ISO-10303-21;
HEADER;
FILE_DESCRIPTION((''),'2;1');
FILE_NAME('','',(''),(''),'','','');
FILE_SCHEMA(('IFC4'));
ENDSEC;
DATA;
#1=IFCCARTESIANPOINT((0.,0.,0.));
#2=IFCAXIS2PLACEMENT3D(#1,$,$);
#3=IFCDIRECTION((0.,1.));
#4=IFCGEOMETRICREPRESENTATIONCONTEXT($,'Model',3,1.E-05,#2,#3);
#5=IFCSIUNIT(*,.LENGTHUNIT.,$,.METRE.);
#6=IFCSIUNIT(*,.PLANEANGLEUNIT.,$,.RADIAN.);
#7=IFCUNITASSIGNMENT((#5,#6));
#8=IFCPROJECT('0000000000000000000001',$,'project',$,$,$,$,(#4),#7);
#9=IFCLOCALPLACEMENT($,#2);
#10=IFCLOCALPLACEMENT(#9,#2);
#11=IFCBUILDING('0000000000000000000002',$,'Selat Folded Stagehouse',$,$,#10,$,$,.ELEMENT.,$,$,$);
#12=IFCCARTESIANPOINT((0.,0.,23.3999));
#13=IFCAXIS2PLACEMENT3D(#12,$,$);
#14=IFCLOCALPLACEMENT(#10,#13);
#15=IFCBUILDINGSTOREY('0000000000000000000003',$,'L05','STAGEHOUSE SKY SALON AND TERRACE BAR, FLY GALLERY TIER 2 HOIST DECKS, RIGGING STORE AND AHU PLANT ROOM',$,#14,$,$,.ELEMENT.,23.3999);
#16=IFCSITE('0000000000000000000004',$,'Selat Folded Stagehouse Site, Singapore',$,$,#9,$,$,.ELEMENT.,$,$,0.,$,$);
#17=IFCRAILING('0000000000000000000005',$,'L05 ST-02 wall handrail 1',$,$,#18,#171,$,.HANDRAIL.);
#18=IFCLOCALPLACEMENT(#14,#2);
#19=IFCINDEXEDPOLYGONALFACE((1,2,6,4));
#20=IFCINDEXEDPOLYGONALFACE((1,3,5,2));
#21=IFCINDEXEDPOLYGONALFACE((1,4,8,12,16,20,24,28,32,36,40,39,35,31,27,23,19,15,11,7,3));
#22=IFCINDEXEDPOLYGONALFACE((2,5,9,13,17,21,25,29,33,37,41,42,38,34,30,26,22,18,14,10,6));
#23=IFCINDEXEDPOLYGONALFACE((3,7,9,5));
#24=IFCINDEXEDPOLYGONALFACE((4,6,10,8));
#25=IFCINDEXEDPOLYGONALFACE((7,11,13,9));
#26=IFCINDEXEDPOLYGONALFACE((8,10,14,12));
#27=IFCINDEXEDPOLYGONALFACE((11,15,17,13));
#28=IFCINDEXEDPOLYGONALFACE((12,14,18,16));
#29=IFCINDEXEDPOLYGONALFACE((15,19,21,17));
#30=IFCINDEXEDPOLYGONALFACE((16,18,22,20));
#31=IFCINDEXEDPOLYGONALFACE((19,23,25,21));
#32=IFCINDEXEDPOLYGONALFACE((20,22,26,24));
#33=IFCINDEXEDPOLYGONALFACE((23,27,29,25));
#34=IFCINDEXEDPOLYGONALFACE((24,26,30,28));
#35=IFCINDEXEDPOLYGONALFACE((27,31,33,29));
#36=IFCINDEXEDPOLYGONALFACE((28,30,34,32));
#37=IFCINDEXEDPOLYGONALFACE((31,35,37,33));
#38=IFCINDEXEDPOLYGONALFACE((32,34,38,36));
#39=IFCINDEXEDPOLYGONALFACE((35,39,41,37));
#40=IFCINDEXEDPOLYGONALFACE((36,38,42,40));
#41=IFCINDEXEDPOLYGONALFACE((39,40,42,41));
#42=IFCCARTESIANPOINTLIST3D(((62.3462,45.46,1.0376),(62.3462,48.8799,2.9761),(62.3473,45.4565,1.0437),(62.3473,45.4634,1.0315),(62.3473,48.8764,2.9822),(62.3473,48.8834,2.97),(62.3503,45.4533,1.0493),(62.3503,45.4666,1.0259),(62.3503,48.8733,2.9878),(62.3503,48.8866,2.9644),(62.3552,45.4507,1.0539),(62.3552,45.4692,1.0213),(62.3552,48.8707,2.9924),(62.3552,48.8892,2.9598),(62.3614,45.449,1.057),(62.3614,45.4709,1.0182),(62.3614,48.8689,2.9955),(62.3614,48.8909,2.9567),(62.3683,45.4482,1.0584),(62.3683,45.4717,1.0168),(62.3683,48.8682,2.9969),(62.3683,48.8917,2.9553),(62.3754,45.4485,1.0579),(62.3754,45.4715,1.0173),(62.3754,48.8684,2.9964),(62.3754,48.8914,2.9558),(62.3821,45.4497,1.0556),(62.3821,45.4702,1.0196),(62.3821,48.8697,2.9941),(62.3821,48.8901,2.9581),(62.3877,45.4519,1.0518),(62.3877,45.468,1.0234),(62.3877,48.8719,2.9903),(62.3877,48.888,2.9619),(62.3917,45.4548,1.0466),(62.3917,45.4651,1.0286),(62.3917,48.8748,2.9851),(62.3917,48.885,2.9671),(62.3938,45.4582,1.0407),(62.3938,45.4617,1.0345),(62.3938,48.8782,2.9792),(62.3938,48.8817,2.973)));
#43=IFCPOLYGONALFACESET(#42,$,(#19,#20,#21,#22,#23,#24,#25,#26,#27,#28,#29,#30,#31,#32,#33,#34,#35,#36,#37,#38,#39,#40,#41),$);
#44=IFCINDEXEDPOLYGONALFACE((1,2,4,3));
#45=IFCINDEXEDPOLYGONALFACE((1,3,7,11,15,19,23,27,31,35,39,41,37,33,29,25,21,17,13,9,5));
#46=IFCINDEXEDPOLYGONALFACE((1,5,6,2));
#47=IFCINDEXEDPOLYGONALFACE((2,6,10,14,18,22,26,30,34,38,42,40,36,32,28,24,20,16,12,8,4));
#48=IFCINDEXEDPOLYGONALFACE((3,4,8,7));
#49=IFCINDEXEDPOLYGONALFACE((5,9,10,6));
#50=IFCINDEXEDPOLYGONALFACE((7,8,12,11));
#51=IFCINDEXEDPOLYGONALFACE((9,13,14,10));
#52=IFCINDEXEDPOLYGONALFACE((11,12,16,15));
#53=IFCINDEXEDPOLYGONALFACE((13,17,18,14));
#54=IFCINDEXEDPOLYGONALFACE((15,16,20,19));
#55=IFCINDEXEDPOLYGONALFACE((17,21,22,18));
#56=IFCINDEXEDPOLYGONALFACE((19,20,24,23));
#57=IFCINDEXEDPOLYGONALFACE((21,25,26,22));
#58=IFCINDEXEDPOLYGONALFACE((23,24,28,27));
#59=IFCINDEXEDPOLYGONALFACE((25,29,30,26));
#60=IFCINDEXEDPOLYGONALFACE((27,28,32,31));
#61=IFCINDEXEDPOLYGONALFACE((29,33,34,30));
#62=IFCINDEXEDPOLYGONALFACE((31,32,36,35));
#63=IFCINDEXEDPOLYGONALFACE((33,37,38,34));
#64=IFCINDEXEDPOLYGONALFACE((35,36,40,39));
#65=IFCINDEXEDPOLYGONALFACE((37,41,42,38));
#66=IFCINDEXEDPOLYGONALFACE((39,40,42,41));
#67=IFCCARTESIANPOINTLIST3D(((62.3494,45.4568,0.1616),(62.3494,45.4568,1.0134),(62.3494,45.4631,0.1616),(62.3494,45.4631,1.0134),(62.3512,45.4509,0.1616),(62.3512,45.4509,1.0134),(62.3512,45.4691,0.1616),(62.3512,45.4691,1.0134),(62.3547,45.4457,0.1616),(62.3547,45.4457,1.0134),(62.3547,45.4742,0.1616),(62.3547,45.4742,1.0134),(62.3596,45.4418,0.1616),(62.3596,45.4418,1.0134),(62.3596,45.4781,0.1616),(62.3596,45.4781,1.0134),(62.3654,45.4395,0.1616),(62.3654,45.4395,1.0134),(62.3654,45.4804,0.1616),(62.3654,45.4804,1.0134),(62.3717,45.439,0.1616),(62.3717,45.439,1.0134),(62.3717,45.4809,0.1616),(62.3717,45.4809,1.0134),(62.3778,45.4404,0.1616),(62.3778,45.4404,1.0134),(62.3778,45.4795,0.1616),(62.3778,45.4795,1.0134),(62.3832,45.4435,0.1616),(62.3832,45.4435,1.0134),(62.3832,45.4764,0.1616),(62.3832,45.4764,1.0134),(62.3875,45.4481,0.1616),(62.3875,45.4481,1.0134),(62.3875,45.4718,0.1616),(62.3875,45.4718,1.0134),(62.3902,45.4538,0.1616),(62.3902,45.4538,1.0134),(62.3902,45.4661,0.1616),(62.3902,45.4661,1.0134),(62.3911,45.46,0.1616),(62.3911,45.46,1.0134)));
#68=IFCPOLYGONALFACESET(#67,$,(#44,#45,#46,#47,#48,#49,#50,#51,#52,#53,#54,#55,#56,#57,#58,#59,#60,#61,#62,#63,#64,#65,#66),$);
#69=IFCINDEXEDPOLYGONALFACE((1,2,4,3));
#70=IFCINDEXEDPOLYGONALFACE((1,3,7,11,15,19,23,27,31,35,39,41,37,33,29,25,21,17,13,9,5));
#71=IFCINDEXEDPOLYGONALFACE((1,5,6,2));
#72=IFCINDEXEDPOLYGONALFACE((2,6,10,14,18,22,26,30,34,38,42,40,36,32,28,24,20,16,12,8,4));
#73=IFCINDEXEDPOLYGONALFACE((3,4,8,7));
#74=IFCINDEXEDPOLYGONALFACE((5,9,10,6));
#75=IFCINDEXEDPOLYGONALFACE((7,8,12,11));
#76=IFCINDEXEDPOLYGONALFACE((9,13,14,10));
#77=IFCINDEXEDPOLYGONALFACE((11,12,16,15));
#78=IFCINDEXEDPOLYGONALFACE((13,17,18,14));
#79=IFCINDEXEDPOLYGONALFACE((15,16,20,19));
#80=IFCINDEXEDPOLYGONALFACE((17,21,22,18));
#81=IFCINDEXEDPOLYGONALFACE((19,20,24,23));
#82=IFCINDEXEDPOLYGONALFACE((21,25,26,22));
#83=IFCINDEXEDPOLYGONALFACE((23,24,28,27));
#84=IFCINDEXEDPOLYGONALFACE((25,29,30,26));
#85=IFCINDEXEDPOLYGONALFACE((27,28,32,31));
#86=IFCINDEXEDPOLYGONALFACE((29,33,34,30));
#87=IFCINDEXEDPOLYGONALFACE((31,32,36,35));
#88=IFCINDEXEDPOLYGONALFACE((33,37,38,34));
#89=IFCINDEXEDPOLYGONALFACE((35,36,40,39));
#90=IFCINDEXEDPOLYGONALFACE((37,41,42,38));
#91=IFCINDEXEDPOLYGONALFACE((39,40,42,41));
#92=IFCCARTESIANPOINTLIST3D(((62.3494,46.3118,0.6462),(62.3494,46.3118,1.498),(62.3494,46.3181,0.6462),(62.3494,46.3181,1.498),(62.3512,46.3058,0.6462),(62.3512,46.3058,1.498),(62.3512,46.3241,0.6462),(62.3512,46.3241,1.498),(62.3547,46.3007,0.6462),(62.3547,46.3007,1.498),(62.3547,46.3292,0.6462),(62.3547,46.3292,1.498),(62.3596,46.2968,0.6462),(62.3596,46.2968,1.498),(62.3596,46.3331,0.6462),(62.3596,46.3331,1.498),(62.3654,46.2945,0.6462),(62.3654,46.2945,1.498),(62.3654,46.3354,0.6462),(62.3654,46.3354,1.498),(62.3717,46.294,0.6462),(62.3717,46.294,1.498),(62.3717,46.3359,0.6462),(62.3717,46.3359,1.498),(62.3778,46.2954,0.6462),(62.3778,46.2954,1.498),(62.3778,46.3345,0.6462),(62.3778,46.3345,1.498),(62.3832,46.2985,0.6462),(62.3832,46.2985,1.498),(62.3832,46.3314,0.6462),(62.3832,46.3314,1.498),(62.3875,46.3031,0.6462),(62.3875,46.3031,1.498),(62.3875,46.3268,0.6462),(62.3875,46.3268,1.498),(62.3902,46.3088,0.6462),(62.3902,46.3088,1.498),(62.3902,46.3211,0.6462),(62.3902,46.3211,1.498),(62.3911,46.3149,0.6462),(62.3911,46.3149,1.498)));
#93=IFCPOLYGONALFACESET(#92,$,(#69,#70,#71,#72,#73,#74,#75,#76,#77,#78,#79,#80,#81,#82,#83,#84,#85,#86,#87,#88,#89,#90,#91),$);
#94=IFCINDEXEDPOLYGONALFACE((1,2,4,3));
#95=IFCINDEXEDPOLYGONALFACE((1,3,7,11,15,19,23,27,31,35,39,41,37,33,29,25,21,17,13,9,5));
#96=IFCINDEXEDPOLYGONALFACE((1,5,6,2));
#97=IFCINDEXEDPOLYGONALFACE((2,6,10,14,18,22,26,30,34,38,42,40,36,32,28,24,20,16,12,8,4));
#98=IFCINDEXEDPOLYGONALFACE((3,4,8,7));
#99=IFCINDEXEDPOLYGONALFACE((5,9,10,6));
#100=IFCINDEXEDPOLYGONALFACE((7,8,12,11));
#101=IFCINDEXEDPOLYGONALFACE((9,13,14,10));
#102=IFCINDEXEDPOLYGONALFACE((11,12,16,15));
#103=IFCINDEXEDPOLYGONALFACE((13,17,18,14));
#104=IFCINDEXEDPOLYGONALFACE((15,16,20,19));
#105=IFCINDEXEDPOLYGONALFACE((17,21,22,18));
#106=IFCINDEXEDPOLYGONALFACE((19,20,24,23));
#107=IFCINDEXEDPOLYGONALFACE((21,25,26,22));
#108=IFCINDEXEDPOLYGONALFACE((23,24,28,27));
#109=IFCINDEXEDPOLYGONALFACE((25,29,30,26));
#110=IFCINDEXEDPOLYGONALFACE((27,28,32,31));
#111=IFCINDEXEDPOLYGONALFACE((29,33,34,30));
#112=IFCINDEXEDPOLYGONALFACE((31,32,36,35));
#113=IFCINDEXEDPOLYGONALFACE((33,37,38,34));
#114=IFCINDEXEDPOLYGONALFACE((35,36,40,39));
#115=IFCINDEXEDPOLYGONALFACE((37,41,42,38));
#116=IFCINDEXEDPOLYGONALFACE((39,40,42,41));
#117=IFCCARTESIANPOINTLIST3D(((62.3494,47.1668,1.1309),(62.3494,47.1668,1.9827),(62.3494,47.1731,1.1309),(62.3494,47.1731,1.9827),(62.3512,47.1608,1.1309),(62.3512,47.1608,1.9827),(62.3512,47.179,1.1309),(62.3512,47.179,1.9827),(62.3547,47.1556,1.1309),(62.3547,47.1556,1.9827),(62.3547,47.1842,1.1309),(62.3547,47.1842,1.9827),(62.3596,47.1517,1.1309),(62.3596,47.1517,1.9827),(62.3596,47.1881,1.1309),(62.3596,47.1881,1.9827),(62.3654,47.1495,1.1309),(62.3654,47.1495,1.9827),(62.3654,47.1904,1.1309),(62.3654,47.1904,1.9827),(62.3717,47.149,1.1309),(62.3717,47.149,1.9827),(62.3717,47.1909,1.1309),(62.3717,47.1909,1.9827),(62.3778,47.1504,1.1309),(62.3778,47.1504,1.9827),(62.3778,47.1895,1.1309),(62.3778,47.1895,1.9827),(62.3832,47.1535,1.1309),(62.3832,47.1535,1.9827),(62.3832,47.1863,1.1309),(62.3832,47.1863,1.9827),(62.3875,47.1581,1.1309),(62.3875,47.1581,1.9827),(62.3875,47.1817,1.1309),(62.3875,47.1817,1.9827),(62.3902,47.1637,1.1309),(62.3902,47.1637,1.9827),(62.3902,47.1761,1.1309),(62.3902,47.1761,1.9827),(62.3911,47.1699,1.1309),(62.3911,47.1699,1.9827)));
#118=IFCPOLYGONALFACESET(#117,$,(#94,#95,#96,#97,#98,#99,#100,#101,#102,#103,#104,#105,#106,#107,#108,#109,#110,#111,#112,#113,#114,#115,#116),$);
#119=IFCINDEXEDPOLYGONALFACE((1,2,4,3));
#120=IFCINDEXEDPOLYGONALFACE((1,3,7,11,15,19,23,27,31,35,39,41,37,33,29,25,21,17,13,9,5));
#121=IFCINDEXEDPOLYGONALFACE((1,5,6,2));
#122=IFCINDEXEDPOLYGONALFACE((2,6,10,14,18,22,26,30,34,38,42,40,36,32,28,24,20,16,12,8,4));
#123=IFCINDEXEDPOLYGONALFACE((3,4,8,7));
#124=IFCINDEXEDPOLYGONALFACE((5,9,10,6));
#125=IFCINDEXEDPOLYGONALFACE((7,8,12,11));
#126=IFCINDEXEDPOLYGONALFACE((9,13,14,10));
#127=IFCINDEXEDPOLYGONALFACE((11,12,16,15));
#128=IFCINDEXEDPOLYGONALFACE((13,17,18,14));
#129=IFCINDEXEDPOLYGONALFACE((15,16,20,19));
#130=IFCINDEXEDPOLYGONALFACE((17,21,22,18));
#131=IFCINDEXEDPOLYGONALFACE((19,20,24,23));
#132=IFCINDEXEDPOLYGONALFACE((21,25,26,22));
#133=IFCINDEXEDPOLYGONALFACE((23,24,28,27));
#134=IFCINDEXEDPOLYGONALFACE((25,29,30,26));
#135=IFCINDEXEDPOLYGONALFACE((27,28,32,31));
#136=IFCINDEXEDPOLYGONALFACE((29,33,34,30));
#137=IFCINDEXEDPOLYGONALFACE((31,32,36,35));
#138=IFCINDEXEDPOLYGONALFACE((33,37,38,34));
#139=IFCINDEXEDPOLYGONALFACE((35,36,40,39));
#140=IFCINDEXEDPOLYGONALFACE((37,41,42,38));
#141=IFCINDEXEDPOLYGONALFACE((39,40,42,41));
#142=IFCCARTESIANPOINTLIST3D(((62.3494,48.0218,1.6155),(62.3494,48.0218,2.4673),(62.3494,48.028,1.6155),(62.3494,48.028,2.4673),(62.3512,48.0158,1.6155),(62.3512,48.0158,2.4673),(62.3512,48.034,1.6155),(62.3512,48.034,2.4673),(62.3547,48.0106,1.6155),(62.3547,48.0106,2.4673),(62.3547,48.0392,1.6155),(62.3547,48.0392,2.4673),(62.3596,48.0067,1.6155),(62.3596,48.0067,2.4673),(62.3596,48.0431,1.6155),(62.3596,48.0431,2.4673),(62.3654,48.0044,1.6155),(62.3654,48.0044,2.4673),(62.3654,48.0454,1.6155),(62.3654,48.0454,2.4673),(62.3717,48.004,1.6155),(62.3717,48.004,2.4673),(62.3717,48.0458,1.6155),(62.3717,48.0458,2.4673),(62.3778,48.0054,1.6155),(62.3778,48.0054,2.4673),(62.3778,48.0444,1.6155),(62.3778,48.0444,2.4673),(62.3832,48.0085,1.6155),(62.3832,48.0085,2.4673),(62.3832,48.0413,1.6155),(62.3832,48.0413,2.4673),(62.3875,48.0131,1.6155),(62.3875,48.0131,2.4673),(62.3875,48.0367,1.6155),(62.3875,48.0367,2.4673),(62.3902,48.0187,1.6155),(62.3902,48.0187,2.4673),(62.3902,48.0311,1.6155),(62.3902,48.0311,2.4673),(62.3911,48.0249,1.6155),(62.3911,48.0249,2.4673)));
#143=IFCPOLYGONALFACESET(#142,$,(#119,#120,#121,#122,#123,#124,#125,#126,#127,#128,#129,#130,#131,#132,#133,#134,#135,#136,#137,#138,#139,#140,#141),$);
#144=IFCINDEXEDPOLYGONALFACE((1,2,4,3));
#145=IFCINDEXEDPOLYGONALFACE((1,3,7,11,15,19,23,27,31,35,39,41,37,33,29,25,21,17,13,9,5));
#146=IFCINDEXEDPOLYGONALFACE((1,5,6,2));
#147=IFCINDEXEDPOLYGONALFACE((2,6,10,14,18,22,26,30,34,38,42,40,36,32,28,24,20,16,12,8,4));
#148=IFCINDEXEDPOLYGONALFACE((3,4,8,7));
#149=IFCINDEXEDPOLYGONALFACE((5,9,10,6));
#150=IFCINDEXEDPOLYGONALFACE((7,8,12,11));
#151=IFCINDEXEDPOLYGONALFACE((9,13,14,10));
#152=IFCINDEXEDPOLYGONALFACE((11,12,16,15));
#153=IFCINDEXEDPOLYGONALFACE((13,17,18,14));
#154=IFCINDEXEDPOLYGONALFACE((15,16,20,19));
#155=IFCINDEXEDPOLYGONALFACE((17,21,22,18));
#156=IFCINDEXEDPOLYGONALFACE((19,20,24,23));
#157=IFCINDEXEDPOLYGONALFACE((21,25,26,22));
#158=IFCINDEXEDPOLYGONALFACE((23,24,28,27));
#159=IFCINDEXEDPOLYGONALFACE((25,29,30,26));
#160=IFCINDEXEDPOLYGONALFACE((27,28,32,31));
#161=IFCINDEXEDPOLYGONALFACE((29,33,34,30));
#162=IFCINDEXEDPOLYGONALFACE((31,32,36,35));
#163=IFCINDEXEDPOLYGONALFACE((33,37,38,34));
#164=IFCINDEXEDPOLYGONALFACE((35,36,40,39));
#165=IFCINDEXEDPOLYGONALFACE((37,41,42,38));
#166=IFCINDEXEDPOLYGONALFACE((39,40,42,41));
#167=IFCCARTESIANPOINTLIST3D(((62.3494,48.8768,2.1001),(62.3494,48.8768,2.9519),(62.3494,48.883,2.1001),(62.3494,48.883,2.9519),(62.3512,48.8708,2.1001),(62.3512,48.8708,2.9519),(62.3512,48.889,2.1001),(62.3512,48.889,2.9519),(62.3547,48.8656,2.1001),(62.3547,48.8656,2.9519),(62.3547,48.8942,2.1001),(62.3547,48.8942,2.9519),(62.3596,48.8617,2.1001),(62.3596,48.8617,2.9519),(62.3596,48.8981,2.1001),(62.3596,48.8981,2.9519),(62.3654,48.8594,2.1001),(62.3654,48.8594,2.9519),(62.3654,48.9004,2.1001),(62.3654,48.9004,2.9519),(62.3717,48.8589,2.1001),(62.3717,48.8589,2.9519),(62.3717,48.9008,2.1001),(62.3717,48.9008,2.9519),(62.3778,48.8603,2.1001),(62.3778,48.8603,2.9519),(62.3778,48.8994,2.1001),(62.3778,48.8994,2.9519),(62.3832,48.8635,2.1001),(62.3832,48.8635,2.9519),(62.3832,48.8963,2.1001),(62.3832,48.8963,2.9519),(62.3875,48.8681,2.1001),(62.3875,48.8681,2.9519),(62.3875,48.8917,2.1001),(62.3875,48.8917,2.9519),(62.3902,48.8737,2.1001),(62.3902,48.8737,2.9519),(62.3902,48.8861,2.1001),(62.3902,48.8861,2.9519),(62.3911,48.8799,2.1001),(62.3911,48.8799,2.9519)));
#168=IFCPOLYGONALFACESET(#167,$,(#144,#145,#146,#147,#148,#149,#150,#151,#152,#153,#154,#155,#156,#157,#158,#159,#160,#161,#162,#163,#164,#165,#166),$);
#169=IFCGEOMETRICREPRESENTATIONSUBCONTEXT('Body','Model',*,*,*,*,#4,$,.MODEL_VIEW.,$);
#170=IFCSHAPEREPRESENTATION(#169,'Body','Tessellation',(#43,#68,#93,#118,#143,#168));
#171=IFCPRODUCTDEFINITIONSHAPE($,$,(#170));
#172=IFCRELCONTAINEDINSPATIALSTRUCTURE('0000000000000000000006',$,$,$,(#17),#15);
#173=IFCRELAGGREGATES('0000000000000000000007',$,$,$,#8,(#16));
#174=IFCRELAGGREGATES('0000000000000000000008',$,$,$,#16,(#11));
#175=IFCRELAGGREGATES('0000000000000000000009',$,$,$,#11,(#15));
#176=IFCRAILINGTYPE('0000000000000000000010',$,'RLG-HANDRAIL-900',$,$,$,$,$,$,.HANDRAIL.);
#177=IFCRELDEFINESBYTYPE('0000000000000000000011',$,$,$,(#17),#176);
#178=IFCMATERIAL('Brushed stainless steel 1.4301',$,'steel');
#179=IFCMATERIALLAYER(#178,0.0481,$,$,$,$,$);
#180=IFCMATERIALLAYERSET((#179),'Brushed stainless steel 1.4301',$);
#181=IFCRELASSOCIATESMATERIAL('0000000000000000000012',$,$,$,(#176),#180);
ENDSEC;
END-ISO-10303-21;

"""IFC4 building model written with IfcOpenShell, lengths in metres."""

from ifc_helpers import new_model, si_unit, direction, frame, origin, origin_2d, place, context, subcontext, project, spatial, circle, extrude, material, layer, layer_set, type_object, element, save


model = new_model("IFC4")

# Units and contexts
model_context = context("Model", 3, precision=1e-05, world=origin(), true_north=direction((0.0, 1.0)))
body_context = subcontext(model_context, "Body", "Model", "MODEL_VIEW")
ifc_project = project(units=[si_unit("LENGTHUNIT", "METRE"), si_unit("PLANEANGLEUNIT", "RADIAN")], contexts=[model_context])

# Site, building, storey
site_placement = place(None, origin())
site = spatial("IfcSite", under=ifc_project, at=site_placement, Name="Selat Folded Stagehouse Site, Singapore", CompositionType="ELEMENT", RefElevation=0.0)
building_placement = place(site_placement, origin())
building = spatial("IfcBuilding", under=site, at=building_placement, Name="Selat Folded Stagehouse", CompositionType="ELEMENT")
storey_placement = place(building_placement, frame((0.0, 0.0, 23.3999)))
storey = spatial("IfcBuildingStorey", under=building, at=storey_placement, Name="L05", Description="STAGEHOUSE SKY SALON AND TERRACE BAR, FLY GALLERY TIER 2 HOIST DECKS, RIGGING STORE AND AHU PLANT ROOM", CompositionType="ELEMENT", Elevation=23.3999)

# Railing
ifc_material_1 = material(Name="Brushed stainless steel 1.4301", Category="steel")
ifc_layer_1 = layer(ifc_material_1, 0.0481)
ifc_layer_set_1 = layer_set([ifc_layer_1], Name="Brushed stainless steel 1.4301")
railing_type_1 = type_object("IfcRailingType", Name="RLG-HANDRAIL-900", PredefinedType="HANDRAIL", material=ifc_layer_set_1)
railing_1_placement = place(storey_placement, frame((62.3701, 45.46, 0.1616)))
element("IfcRailing", 1, at=railing_1_placement, inside=storey, type_object=railing_type_1, Name="L05 ST-02 wall handrail 1", PredefinedType="HANDRAIL", context=body_context, shape_type="SweptSolid", body=[
    extrude(circle(Radius=0.0239, at=origin_2d()), frame((0.0, 0.0, 0.876), z_axis=(0.0, 0.869965, 0.493113), x_axis=(-1.0, 0.0, 0.0)), (0.0, 0.0, 1.0), 3.9312),
    extrude(circle(Radius=0.021, at=origin_2d()), origin(), (0.0, 0.0, 1.0), 0.8518),
    extrude(circle(Radius=0.021, at=origin_2d()), frame((0.0, 0.855, 0.4846)), (0.0, 0.0, 1.0), 0.8518),
    extrude(circle(Radius=0.021, at=origin_2d()), frame((0.0, 1.71, 0.9692)), (0.0, 0.0, 1.0), 0.8518),
    extrude(circle(Radius=0.021, at=origin_2d()), frame((0.0, 2.5649, 1.4539)), (0.0, 0.0, 1.0), 0.8518),
    extrude(circle(Radius=0.021, at=origin_2d()), frame((0.0, 3.4199, 1.9385)), (0.0, 0.0, 1.0), 0.8518),
])

save(model, "model.ifc")
